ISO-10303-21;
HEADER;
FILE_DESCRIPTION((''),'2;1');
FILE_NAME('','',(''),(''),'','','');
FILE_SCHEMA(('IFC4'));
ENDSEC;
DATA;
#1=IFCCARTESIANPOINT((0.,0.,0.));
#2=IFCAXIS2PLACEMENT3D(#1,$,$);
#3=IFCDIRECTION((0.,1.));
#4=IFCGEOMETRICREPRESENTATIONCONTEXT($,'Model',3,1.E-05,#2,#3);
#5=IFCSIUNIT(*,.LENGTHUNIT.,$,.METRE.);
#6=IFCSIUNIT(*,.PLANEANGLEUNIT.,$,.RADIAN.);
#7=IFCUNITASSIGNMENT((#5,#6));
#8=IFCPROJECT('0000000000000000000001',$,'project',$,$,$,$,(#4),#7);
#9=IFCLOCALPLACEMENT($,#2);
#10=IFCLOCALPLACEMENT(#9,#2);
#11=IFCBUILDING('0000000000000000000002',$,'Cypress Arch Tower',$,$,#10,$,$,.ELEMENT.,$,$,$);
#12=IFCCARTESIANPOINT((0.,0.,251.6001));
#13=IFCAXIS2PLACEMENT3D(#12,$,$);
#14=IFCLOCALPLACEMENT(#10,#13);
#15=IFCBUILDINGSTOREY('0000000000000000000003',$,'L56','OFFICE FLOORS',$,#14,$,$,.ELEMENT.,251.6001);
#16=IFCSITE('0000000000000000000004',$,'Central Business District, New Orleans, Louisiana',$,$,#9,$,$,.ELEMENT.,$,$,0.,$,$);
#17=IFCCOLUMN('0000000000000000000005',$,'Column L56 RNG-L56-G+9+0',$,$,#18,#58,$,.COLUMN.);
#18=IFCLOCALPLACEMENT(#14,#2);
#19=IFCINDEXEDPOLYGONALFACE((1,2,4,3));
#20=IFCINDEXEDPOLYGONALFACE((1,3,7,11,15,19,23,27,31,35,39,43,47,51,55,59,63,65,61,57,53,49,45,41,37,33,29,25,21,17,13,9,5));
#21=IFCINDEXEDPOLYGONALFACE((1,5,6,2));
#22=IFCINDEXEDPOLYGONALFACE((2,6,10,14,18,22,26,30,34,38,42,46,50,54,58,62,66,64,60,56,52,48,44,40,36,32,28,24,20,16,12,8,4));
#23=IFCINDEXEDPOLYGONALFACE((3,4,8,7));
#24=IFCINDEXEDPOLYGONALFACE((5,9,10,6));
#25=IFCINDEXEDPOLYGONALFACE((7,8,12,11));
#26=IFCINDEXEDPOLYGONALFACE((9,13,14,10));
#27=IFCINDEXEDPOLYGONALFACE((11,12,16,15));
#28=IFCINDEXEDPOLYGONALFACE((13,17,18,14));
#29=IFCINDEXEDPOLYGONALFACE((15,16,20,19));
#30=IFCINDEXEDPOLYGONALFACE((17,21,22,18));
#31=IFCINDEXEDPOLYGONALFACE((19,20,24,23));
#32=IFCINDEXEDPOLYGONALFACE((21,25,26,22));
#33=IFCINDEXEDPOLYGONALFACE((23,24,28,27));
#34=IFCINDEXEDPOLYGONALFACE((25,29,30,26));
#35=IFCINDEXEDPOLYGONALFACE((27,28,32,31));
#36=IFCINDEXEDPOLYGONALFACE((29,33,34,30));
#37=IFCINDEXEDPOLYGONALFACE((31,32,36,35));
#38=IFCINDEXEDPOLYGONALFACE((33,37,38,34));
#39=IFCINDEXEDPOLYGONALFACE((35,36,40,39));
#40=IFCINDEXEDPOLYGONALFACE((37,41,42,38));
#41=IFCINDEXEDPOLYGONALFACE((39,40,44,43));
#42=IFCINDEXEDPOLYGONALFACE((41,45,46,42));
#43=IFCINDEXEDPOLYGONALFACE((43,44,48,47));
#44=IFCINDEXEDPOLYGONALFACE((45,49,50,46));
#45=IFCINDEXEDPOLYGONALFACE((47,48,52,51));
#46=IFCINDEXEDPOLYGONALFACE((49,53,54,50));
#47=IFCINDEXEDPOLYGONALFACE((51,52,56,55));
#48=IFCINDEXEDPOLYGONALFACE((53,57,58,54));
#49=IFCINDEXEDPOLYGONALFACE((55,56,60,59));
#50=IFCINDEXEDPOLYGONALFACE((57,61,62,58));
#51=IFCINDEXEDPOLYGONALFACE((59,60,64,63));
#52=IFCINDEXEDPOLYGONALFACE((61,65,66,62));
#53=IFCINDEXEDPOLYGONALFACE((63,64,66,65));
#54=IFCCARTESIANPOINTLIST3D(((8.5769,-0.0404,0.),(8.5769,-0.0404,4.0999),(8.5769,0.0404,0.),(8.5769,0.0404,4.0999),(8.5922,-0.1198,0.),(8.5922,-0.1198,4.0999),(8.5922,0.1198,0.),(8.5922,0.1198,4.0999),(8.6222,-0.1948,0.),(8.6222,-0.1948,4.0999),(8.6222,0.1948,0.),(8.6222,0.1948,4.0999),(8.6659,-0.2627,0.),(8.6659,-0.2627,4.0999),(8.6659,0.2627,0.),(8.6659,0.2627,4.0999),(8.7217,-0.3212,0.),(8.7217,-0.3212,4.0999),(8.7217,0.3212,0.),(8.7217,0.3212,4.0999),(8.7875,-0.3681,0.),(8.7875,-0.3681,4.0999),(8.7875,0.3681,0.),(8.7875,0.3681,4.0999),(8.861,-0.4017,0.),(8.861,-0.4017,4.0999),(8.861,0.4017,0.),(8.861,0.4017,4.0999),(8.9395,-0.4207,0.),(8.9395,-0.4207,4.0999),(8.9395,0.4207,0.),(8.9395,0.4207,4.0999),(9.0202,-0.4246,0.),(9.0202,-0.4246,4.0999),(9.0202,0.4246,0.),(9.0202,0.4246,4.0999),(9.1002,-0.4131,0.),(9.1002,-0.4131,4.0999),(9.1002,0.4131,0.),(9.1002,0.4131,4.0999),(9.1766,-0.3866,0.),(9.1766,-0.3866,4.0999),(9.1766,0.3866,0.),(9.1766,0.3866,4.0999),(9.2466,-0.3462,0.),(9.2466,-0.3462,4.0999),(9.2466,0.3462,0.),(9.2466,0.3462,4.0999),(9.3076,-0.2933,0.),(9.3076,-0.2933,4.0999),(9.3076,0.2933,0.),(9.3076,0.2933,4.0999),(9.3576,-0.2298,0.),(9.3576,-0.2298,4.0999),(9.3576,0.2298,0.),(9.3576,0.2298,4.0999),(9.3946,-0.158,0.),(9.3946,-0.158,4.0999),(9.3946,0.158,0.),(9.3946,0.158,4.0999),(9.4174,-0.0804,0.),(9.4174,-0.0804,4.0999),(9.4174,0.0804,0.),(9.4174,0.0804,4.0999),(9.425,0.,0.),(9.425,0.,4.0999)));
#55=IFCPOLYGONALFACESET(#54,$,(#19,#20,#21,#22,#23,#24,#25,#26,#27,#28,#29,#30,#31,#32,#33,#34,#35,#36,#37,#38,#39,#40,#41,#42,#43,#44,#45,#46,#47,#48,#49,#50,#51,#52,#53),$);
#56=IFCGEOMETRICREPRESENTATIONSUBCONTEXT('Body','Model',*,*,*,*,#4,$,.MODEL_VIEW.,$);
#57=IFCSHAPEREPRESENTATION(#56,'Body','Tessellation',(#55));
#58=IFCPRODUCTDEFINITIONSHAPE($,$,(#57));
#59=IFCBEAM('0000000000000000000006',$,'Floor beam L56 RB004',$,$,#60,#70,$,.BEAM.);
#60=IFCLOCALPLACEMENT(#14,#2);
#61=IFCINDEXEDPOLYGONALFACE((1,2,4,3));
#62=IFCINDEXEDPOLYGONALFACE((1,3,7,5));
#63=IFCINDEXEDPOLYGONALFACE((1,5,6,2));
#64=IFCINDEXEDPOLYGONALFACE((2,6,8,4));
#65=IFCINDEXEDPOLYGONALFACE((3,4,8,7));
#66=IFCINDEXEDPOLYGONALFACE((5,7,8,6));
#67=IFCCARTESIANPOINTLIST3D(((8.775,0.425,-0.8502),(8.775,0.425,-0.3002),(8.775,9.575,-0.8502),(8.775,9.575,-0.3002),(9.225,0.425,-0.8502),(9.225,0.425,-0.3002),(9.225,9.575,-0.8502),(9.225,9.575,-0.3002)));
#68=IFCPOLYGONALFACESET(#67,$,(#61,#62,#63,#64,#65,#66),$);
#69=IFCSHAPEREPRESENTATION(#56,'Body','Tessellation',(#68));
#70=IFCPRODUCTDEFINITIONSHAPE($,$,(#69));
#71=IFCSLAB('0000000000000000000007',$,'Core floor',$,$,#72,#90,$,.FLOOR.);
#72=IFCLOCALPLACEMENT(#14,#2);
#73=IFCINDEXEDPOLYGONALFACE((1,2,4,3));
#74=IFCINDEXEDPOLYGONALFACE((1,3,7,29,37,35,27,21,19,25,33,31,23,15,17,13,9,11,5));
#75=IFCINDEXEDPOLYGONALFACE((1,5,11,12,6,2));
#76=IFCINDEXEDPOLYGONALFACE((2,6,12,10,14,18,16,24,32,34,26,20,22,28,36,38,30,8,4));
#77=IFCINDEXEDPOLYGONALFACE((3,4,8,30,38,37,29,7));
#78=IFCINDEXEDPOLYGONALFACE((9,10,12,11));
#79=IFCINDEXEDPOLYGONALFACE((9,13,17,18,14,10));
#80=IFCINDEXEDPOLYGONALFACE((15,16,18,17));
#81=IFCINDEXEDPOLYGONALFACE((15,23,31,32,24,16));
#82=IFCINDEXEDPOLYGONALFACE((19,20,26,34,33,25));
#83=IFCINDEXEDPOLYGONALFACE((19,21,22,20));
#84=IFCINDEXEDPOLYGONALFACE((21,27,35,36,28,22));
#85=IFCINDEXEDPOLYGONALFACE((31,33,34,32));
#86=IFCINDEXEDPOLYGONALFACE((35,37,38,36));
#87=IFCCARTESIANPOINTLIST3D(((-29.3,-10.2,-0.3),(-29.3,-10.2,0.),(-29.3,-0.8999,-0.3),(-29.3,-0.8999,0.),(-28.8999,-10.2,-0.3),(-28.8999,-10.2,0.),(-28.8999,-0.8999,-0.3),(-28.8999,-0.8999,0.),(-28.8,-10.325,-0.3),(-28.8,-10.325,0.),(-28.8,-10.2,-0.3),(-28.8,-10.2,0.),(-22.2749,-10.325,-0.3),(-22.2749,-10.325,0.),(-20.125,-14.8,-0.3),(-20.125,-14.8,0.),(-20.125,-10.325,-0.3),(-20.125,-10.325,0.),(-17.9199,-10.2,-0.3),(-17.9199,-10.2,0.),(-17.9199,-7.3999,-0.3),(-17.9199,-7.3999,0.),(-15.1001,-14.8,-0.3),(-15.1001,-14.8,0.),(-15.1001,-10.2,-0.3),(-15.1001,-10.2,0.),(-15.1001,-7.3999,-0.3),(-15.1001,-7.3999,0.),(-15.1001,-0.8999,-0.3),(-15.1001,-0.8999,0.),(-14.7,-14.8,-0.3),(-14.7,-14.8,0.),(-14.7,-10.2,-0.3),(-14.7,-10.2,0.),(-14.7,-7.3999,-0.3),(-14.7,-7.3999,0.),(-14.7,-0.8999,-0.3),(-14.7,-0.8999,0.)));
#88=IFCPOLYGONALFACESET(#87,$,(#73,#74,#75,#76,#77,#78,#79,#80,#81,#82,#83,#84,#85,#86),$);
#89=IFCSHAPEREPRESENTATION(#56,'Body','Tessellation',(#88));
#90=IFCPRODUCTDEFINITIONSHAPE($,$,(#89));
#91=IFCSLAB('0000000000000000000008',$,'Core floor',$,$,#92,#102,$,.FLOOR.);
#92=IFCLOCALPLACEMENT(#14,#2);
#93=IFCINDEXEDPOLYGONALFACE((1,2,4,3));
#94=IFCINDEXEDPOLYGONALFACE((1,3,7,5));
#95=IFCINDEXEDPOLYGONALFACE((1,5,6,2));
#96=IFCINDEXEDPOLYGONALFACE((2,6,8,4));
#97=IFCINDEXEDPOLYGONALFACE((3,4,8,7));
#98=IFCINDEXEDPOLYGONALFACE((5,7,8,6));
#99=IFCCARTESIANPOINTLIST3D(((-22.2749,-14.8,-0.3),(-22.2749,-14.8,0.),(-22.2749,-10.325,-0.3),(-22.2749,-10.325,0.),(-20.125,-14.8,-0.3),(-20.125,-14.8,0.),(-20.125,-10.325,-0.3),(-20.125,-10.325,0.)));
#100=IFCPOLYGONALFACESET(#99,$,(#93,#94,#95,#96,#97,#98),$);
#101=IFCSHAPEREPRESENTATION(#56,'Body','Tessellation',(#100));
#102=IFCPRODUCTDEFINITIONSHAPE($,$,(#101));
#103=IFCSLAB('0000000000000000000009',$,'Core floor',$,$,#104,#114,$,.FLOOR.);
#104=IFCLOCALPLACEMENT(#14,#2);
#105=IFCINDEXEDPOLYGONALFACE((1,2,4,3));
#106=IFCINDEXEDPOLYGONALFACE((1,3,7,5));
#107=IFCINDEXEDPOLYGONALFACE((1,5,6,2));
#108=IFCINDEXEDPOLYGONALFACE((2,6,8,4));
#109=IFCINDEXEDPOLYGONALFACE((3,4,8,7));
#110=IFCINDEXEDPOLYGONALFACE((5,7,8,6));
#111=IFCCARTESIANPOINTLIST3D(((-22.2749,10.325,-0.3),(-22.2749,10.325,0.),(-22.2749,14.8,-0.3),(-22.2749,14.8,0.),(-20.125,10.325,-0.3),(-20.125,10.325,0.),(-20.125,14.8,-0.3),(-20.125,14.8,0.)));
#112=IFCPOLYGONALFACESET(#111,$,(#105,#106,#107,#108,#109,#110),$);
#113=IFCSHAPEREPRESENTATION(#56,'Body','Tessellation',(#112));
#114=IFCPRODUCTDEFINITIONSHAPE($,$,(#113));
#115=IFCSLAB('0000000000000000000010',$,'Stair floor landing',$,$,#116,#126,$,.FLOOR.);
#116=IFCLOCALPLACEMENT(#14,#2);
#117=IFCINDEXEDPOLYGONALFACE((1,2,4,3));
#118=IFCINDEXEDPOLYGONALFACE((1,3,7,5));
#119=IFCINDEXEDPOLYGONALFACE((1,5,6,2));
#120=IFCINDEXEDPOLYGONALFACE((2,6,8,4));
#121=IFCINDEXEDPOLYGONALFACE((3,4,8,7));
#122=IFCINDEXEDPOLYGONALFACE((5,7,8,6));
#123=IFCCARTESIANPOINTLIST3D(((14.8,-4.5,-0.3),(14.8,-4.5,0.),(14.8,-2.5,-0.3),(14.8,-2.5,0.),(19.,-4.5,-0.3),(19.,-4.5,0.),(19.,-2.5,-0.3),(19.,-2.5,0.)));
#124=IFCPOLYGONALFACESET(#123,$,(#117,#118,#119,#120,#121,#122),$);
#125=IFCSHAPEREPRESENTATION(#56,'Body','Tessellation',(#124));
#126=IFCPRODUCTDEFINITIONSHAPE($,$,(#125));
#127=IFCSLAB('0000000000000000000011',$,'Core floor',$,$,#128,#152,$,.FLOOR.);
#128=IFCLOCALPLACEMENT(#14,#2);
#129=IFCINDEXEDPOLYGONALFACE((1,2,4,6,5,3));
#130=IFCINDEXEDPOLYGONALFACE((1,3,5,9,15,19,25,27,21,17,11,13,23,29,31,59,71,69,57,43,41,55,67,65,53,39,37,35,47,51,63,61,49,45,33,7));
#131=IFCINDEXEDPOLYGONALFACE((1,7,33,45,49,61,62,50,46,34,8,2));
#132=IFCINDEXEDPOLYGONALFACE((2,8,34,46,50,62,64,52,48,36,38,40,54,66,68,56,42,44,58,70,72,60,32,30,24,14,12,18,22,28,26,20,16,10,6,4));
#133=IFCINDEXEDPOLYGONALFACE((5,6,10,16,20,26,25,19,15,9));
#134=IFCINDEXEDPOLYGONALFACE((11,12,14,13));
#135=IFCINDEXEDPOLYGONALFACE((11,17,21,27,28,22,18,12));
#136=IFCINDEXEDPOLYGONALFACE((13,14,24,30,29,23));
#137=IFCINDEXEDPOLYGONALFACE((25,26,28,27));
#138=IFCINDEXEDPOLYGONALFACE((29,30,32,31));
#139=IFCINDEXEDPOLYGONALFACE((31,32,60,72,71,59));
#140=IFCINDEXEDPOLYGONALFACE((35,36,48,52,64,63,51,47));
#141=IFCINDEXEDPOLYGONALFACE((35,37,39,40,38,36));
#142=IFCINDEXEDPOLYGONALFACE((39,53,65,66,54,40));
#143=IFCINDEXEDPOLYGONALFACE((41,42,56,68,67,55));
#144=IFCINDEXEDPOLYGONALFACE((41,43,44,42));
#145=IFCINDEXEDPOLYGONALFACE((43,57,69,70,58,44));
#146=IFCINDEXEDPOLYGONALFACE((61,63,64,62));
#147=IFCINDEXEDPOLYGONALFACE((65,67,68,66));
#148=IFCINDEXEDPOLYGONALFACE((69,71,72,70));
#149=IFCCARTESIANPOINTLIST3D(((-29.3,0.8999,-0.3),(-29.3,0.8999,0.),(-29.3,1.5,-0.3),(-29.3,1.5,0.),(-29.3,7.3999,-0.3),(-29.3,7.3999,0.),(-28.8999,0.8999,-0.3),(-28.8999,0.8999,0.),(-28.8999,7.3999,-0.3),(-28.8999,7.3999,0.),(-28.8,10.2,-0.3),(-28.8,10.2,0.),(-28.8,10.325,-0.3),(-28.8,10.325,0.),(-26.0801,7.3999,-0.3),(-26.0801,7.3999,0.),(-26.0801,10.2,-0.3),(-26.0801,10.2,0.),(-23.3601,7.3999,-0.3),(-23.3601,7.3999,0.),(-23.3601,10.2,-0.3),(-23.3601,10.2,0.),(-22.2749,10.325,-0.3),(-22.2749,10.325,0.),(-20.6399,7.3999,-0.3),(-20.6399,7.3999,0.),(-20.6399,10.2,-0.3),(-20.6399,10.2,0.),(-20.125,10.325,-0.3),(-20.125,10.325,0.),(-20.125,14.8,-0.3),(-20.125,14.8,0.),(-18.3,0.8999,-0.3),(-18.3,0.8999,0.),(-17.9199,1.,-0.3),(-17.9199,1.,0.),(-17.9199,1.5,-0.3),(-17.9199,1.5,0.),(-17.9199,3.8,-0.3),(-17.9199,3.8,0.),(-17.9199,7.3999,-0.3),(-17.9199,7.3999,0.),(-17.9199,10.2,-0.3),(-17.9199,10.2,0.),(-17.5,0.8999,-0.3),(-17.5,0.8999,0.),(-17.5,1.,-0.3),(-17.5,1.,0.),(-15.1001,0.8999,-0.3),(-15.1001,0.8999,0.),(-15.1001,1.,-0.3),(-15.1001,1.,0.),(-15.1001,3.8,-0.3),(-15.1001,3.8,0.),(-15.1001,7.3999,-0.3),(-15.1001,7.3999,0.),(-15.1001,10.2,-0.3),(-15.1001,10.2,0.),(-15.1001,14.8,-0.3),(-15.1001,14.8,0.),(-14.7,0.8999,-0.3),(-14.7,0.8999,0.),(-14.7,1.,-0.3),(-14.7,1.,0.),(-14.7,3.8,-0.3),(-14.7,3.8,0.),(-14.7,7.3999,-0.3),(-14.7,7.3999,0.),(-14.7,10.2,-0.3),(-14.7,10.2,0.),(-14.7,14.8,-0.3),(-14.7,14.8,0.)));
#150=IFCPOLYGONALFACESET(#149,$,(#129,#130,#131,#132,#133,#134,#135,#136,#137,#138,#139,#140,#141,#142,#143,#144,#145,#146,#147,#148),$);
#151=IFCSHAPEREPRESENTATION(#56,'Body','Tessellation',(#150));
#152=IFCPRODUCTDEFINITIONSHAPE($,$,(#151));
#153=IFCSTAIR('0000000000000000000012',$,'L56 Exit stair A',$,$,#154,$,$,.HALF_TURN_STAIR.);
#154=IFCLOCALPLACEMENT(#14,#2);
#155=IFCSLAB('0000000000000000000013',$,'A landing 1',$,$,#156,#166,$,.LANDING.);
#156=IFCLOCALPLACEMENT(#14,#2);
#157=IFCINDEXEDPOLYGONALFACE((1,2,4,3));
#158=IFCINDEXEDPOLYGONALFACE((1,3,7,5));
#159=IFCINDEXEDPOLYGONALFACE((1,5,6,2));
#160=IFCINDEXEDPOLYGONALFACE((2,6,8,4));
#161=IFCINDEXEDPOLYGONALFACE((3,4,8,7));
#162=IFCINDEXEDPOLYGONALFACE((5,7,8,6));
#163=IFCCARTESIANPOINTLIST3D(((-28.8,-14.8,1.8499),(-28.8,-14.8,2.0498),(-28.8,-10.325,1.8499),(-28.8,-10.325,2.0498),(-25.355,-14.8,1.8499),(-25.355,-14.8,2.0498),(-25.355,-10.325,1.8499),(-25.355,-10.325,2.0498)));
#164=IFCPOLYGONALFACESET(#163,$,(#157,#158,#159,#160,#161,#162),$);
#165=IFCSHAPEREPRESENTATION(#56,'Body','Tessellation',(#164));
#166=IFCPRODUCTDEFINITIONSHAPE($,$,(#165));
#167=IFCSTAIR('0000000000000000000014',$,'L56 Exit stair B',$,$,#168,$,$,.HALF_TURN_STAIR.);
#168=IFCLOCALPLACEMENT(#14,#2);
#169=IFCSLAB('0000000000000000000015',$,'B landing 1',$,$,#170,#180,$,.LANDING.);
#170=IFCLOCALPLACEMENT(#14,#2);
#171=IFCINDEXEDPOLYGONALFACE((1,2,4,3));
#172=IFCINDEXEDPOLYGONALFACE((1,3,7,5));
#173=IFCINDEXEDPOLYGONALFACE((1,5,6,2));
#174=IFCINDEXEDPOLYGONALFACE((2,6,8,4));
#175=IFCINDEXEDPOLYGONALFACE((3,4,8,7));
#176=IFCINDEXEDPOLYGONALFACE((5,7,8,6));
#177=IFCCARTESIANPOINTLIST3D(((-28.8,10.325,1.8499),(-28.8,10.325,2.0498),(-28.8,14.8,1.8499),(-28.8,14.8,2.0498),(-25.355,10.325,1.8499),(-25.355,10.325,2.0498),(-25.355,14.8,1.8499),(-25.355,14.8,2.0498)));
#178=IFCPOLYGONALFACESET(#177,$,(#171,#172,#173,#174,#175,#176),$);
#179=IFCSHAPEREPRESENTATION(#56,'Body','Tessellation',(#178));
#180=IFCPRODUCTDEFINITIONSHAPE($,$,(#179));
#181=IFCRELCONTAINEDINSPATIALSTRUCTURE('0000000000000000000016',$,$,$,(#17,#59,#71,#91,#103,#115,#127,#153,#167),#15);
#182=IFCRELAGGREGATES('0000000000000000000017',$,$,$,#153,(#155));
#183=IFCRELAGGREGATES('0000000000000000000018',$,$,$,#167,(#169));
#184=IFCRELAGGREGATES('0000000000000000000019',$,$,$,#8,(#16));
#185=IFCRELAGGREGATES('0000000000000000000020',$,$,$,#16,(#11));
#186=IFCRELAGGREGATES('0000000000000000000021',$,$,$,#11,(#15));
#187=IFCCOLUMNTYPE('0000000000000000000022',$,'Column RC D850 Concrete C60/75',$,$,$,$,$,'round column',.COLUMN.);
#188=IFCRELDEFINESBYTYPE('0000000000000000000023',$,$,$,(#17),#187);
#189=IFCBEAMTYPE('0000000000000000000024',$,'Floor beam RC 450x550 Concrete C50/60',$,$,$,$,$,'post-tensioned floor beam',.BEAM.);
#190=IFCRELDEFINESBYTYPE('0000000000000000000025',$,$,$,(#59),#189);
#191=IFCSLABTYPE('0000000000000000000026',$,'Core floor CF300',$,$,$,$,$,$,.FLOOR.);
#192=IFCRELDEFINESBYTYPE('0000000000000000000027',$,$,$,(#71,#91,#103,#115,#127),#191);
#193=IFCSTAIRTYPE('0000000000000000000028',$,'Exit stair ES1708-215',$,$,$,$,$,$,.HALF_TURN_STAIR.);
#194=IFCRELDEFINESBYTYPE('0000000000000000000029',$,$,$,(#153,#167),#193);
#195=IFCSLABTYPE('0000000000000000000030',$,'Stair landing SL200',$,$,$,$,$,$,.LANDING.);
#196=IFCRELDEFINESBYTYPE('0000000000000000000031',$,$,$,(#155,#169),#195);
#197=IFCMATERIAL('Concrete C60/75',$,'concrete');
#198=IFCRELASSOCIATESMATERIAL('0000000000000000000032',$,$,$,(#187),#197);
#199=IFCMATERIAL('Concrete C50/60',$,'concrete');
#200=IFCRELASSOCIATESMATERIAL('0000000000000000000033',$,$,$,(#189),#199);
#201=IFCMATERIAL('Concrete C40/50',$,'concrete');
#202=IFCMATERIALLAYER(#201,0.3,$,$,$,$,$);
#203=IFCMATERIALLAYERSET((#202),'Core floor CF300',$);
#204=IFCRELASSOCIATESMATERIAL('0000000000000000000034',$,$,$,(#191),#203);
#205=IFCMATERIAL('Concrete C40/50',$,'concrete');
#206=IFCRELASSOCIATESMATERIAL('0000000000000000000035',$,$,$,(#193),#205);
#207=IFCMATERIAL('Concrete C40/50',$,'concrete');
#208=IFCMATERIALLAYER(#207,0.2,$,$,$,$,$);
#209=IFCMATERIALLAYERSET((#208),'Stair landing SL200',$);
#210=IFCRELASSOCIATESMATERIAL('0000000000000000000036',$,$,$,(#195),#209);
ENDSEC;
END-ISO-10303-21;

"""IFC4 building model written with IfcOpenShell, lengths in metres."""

from ifc_helpers import new_model, si_unit, direction, frame, origin, origin_2d, place, context, subcontext, project, spatial, polyline, rectangle, circle, outline, extrude, material, layer, layer_set, material_profile, profile_set, type_object, element, aggregate, save


model = new_model("IFC4")

# Units and contexts
model_context = context("Model", 3, precision=1e-05, world=origin(), true_north=direction((0.0, 1.0)))
body_context = subcontext(model_context, "Body", "Model", "MODEL_VIEW")
ifc_project = project(units=[si_unit("LENGTHUNIT", "METRE"), si_unit("PLANEANGLEUNIT", "RADIAN")], contexts=[model_context])

# Site, building, storey
site_placement = place(None, origin())
site = spatial("IfcSite", under=ifc_project, at=site_placement, Name="Central Business District, New Orleans, Louisiana", CompositionType="ELEMENT", RefElevation=0.0)
building_placement = place(site_placement, origin())
building = spatial("IfcBuilding", under=site, at=building_placement, Name="Cypress Arch Tower", CompositionType="ELEMENT")
storey_placement = place(building_placement, frame((0.0, 0.0, 251.6001)))
storey = spatial("IfcBuildingStorey", under=building, at=storey_placement, Name="L56", Description="OFFICE FLOORS", CompositionType="ELEMENT", Elevation=251.6001)

# Column
ifc_material_1 = material(Name="Concrete C60/75", Category="concrete")
ifc_material_profile_1 = material_profile(ifc_material_1, circle(Radius=0.425, at=origin_2d()), Name="RC D850")
ifc_profile_set_1 = profile_set([ifc_material_profile_1], Name="Concrete C60/75")
column_type = type_object("IfcColumnType", Name="Column RC D850 Concrete C60/75", ElementType="round column", PredefinedType="COLUMN", material=ifc_profile_set_1)
column_placement = place(storey_placement, frame((9.0, 0.0, 0.0), z_axis=(0.0, 0.0, 1.0), x_axis=(1.0, 0.0, 0.0)))
element("IfcColumn", 1, at=column_placement, inside=storey, type_object=column_type, Name="Column L56 RNG-L56-G+9+0", PredefinedType="COLUMN", context=body_context, shape_type="SweptSolid", body=[
    extrude(circle(Radius=0.425, at=origin_2d()), origin(), (0.0, 0.0, 1.0), 4.0999),
])

# Beam
ifc_material_2 = material(Name="Concrete C50/60", Category="concrete")
ifc_material_profile_2 = material_profile(ifc_material_2, rectangle(XDim=0.45, YDim=0.55, at=origin_2d()), Name="RC 450x550")
ifc_profile_set_2 = profile_set([ifc_material_profile_2], Name="Concrete C50/60")
beam_type = type_object("IfcBeamType", Name="Floor beam RC 450x550 Concrete C50/60", ElementType="post-tensioned floor beam", PredefinedType="BEAM", material=ifc_profile_set_2)
beam_placement = place(storey_placement, frame((9.0, 0.425, -0.5752), z_axis=(0.0, 1.0, 0.0), x_axis=(-1.0, 0.0, 0.0)))
element("IfcBeam", 2, at=beam_placement, inside=storey, type_object=beam_type, Name="Floor beam L56 RB004", PredefinedType="BEAM", context=body_context, shape_type="SweptSolid", body=[
    extrude(rectangle(XDim=0.45, YDim=0.55, at=origin_2d()), origin(), (0.0, 0.0, 1.0), 9.1499),
])

# Slabs
ifc_material_3 = material(Name="Concrete C40/50", Category="concrete")
ifc_layer_1 = layer(ifc_material_3, 0.3)
ifc_layer_set_1 = layer_set([ifc_layer_1], Name="Core floor CF300")
slab_type_1 = type_object("IfcSlabType", Name="Core floor CF300", PredefinedType="FLOOR", material=ifc_layer_set_1)
slab_1_placement = place(storey_placement, frame((0.0, 0.0, -0.3)))
element("IfcSlab", 3, at=slab_1_placement, inside=storey, type_object=slab_type_1, Name="Core floor", PredefinedType="FLOOR", context=body_context, shape_type="SweptSolid", body=[
    extrude(outline(polyline([(-28.8999, -10.2), (-29.3, -10.2), (-29.3, -0.8999), (-28.8999, -0.8999), (-15.1001, -0.8999), (-14.7, -0.8999), (-14.7, -7.3999), (-15.1001, -7.3999), (-17.9199, -7.3999), (-17.9199, -10.2), (-15.1001, -10.2), (-14.7, -10.2), (-14.7, -14.8), (-15.1001, -14.8), (-20.125, -14.8), (-20.125, -10.325), (-22.2749, -10.325), (-28.8, -10.325), (-28.8, -10.2), (-28.8999, -10.2)])), origin(), (0.0, 0.0, 1.0), 0.3),
])
slab_2_placement = place(storey_placement, frame((0.0, 0.0, -0.3)))
element("IfcSlab", 4, at=slab_2_placement, inside=storey, type_object=slab_type_1, Name="Core floor", PredefinedType="FLOOR", context=body_context, shape_type="SweptSolid", body=[
    extrude(outline(polyline([(-22.2749, -10.325), (-22.2749, -14.8), (-20.125, -14.8), (-20.125, -10.325), (-22.2749, -10.325)])), origin(), (0.0, 0.0, 1.0), 0.3),
])
slab_3_placement = place(storey_placement, frame((0.0, 0.0, -0.3)))
element("IfcSlab", 5, at=slab_3_placement, inside=storey, type_object=slab_type_1, Name="Core floor", PredefinedType="FLOOR", context=body_context, shape_type="SweptSolid", body=[
    extrude(outline(polyline([(-20.125, 14.8), (-22.2749, 14.8), (-22.2749, 10.325), (-20.125, 10.325), (-20.125, 14.8)])), origin(), (0.0, 0.0, 1.0), 0.3),
])
slab_4_placement = place(storey_placement, frame((0.0, 0.0, -0.3)))
element("IfcSlab", 6, at=slab_4_placement, inside=storey, type_object=slab_type_1, Name="Stair floor landing", PredefinedType="FLOOR", context=body_context, shape_type="SweptSolid", body=[
    extrude(outline(polyline([(19.0, -4.5), (19.0, -2.5), (14.8, -2.5), (14.8, -4.5), (19.0, -4.5)])), origin(), (0.0, 0.0, 1.0), 0.3),
])
slab_5_placement = place(storey_placement, frame((0.0, 0.0, -0.3)))
element("IfcSlab", 7, at=slab_5_placement, inside=storey, type_object=slab_type_1, Name="Core floor", PredefinedType="FLOOR", context=body_context, shape_type="SweptSolid", body=[
    extrude(outline(polyline([(-20.6399, 10.2), (-23.3601, 10.2), (-26.0801, 10.2), (-28.8, 10.2), (-28.8, 10.325), (-22.2749, 10.325), (-20.125, 10.325), (-20.125, 14.8), (-15.1001, 14.8), (-14.7, 14.8), (-14.7, 10.2), (-15.1001, 10.2), (-17.9199, 10.2), (-17.9199, 7.3999), (-15.1001, 7.3999), (-14.7, 7.3999), (-14.7, 3.8), (-15.1001, 3.8), (-17.9199, 3.8), (-17.9199, 1.5), (-17.9199, 1.0), (-17.5, 1.0), (-15.1001, 1.0), (-14.7, 1.0), (-14.7, 0.8999), (-15.1001, 0.8999), (-17.5, 0.8999), (-18.3, 0.8999), (-28.8999, 0.8999), (-29.3, 0.8999), (-29.3, 1.5), (-29.3, 7.3999), (-28.8999, 7.3999), (-26.0801, 7.3999), (-23.3601, 7.3999), (-20.6399, 7.3999), (-20.6399, 10.2)])), origin(), (0.0, 0.0, 1.0), 0.3),
])

# Stairs, slabs
ifc_material_4 = material(Name="Concrete C40/50", Category="concrete")
stair_type_1 = type_object("IfcStairType", Name="Exit stair ES1708-215", PredefinedType="HALF_TURN_STAIR", material=ifc_material_4)
stair_1_placement = place(storey_placement, origin())
stair_1 = element("IfcStair", 8, at=stair_1_placement, inside=storey, type_object=stair_type_1, Name="L56 Exit stair A", PredefinedType="HALF_TURN_STAIR")
ifc_material_5 = material(Name="Concrete C40/50", Category="concrete")
ifc_layer_2 = layer(ifc_material_5, 0.2)
ifc_layer_set_2 = layer_set([ifc_layer_2], Name="Stair landing SL200")
slab_type_2 = type_object("IfcSlabType", Name="Stair landing SL200", PredefinedType="LANDING", material=ifc_layer_set_2)
slab_6_placement = place(storey_placement, frame((0.0, 0.0, 1.8499)))
slab_6 = element("IfcSlab", 9, at=slab_6_placement, type_object=slab_type_2, Name="A landing 1", PredefinedType="LANDING", context=body_context, shape_type="SweptSolid", body=[
    extrude(outline(polyline([(-25.355, -10.325), (-28.8, -10.325), (-28.8, -14.8), (-25.355, -14.8), (-25.355, -10.325)])), origin(), (0.0, 0.0, 1.0), 0.2),
])
aggregate(stair_1, [slab_6])
stair_2_placement = place(storey_placement, origin())
stair_2 = element("IfcStair", 10, at=stair_2_placement, inside=storey, type_object=stair_type_1, Name="L56 Exit stair B", PredefinedType="HALF_TURN_STAIR")
slab_7_placement = place(storey_placement, frame((0.0, 0.0, 1.8499)))
slab_7 = element("IfcSlab", 11, at=slab_7_placement, type_object=slab_type_2, Name="B landing 1", PredefinedType="LANDING", context=body_context, shape_type="SweptSolid", body=[
    extrude(outline(polyline([(-25.355, 14.8), (-28.8, 14.8), (-28.8, 10.325), (-25.355, 10.325), (-25.355, 14.8)])), origin(), (0.0, 0.0, 1.0), 0.2),
])
aggregate(stair_2, [slab_7])

save(model, "model.ifc")
